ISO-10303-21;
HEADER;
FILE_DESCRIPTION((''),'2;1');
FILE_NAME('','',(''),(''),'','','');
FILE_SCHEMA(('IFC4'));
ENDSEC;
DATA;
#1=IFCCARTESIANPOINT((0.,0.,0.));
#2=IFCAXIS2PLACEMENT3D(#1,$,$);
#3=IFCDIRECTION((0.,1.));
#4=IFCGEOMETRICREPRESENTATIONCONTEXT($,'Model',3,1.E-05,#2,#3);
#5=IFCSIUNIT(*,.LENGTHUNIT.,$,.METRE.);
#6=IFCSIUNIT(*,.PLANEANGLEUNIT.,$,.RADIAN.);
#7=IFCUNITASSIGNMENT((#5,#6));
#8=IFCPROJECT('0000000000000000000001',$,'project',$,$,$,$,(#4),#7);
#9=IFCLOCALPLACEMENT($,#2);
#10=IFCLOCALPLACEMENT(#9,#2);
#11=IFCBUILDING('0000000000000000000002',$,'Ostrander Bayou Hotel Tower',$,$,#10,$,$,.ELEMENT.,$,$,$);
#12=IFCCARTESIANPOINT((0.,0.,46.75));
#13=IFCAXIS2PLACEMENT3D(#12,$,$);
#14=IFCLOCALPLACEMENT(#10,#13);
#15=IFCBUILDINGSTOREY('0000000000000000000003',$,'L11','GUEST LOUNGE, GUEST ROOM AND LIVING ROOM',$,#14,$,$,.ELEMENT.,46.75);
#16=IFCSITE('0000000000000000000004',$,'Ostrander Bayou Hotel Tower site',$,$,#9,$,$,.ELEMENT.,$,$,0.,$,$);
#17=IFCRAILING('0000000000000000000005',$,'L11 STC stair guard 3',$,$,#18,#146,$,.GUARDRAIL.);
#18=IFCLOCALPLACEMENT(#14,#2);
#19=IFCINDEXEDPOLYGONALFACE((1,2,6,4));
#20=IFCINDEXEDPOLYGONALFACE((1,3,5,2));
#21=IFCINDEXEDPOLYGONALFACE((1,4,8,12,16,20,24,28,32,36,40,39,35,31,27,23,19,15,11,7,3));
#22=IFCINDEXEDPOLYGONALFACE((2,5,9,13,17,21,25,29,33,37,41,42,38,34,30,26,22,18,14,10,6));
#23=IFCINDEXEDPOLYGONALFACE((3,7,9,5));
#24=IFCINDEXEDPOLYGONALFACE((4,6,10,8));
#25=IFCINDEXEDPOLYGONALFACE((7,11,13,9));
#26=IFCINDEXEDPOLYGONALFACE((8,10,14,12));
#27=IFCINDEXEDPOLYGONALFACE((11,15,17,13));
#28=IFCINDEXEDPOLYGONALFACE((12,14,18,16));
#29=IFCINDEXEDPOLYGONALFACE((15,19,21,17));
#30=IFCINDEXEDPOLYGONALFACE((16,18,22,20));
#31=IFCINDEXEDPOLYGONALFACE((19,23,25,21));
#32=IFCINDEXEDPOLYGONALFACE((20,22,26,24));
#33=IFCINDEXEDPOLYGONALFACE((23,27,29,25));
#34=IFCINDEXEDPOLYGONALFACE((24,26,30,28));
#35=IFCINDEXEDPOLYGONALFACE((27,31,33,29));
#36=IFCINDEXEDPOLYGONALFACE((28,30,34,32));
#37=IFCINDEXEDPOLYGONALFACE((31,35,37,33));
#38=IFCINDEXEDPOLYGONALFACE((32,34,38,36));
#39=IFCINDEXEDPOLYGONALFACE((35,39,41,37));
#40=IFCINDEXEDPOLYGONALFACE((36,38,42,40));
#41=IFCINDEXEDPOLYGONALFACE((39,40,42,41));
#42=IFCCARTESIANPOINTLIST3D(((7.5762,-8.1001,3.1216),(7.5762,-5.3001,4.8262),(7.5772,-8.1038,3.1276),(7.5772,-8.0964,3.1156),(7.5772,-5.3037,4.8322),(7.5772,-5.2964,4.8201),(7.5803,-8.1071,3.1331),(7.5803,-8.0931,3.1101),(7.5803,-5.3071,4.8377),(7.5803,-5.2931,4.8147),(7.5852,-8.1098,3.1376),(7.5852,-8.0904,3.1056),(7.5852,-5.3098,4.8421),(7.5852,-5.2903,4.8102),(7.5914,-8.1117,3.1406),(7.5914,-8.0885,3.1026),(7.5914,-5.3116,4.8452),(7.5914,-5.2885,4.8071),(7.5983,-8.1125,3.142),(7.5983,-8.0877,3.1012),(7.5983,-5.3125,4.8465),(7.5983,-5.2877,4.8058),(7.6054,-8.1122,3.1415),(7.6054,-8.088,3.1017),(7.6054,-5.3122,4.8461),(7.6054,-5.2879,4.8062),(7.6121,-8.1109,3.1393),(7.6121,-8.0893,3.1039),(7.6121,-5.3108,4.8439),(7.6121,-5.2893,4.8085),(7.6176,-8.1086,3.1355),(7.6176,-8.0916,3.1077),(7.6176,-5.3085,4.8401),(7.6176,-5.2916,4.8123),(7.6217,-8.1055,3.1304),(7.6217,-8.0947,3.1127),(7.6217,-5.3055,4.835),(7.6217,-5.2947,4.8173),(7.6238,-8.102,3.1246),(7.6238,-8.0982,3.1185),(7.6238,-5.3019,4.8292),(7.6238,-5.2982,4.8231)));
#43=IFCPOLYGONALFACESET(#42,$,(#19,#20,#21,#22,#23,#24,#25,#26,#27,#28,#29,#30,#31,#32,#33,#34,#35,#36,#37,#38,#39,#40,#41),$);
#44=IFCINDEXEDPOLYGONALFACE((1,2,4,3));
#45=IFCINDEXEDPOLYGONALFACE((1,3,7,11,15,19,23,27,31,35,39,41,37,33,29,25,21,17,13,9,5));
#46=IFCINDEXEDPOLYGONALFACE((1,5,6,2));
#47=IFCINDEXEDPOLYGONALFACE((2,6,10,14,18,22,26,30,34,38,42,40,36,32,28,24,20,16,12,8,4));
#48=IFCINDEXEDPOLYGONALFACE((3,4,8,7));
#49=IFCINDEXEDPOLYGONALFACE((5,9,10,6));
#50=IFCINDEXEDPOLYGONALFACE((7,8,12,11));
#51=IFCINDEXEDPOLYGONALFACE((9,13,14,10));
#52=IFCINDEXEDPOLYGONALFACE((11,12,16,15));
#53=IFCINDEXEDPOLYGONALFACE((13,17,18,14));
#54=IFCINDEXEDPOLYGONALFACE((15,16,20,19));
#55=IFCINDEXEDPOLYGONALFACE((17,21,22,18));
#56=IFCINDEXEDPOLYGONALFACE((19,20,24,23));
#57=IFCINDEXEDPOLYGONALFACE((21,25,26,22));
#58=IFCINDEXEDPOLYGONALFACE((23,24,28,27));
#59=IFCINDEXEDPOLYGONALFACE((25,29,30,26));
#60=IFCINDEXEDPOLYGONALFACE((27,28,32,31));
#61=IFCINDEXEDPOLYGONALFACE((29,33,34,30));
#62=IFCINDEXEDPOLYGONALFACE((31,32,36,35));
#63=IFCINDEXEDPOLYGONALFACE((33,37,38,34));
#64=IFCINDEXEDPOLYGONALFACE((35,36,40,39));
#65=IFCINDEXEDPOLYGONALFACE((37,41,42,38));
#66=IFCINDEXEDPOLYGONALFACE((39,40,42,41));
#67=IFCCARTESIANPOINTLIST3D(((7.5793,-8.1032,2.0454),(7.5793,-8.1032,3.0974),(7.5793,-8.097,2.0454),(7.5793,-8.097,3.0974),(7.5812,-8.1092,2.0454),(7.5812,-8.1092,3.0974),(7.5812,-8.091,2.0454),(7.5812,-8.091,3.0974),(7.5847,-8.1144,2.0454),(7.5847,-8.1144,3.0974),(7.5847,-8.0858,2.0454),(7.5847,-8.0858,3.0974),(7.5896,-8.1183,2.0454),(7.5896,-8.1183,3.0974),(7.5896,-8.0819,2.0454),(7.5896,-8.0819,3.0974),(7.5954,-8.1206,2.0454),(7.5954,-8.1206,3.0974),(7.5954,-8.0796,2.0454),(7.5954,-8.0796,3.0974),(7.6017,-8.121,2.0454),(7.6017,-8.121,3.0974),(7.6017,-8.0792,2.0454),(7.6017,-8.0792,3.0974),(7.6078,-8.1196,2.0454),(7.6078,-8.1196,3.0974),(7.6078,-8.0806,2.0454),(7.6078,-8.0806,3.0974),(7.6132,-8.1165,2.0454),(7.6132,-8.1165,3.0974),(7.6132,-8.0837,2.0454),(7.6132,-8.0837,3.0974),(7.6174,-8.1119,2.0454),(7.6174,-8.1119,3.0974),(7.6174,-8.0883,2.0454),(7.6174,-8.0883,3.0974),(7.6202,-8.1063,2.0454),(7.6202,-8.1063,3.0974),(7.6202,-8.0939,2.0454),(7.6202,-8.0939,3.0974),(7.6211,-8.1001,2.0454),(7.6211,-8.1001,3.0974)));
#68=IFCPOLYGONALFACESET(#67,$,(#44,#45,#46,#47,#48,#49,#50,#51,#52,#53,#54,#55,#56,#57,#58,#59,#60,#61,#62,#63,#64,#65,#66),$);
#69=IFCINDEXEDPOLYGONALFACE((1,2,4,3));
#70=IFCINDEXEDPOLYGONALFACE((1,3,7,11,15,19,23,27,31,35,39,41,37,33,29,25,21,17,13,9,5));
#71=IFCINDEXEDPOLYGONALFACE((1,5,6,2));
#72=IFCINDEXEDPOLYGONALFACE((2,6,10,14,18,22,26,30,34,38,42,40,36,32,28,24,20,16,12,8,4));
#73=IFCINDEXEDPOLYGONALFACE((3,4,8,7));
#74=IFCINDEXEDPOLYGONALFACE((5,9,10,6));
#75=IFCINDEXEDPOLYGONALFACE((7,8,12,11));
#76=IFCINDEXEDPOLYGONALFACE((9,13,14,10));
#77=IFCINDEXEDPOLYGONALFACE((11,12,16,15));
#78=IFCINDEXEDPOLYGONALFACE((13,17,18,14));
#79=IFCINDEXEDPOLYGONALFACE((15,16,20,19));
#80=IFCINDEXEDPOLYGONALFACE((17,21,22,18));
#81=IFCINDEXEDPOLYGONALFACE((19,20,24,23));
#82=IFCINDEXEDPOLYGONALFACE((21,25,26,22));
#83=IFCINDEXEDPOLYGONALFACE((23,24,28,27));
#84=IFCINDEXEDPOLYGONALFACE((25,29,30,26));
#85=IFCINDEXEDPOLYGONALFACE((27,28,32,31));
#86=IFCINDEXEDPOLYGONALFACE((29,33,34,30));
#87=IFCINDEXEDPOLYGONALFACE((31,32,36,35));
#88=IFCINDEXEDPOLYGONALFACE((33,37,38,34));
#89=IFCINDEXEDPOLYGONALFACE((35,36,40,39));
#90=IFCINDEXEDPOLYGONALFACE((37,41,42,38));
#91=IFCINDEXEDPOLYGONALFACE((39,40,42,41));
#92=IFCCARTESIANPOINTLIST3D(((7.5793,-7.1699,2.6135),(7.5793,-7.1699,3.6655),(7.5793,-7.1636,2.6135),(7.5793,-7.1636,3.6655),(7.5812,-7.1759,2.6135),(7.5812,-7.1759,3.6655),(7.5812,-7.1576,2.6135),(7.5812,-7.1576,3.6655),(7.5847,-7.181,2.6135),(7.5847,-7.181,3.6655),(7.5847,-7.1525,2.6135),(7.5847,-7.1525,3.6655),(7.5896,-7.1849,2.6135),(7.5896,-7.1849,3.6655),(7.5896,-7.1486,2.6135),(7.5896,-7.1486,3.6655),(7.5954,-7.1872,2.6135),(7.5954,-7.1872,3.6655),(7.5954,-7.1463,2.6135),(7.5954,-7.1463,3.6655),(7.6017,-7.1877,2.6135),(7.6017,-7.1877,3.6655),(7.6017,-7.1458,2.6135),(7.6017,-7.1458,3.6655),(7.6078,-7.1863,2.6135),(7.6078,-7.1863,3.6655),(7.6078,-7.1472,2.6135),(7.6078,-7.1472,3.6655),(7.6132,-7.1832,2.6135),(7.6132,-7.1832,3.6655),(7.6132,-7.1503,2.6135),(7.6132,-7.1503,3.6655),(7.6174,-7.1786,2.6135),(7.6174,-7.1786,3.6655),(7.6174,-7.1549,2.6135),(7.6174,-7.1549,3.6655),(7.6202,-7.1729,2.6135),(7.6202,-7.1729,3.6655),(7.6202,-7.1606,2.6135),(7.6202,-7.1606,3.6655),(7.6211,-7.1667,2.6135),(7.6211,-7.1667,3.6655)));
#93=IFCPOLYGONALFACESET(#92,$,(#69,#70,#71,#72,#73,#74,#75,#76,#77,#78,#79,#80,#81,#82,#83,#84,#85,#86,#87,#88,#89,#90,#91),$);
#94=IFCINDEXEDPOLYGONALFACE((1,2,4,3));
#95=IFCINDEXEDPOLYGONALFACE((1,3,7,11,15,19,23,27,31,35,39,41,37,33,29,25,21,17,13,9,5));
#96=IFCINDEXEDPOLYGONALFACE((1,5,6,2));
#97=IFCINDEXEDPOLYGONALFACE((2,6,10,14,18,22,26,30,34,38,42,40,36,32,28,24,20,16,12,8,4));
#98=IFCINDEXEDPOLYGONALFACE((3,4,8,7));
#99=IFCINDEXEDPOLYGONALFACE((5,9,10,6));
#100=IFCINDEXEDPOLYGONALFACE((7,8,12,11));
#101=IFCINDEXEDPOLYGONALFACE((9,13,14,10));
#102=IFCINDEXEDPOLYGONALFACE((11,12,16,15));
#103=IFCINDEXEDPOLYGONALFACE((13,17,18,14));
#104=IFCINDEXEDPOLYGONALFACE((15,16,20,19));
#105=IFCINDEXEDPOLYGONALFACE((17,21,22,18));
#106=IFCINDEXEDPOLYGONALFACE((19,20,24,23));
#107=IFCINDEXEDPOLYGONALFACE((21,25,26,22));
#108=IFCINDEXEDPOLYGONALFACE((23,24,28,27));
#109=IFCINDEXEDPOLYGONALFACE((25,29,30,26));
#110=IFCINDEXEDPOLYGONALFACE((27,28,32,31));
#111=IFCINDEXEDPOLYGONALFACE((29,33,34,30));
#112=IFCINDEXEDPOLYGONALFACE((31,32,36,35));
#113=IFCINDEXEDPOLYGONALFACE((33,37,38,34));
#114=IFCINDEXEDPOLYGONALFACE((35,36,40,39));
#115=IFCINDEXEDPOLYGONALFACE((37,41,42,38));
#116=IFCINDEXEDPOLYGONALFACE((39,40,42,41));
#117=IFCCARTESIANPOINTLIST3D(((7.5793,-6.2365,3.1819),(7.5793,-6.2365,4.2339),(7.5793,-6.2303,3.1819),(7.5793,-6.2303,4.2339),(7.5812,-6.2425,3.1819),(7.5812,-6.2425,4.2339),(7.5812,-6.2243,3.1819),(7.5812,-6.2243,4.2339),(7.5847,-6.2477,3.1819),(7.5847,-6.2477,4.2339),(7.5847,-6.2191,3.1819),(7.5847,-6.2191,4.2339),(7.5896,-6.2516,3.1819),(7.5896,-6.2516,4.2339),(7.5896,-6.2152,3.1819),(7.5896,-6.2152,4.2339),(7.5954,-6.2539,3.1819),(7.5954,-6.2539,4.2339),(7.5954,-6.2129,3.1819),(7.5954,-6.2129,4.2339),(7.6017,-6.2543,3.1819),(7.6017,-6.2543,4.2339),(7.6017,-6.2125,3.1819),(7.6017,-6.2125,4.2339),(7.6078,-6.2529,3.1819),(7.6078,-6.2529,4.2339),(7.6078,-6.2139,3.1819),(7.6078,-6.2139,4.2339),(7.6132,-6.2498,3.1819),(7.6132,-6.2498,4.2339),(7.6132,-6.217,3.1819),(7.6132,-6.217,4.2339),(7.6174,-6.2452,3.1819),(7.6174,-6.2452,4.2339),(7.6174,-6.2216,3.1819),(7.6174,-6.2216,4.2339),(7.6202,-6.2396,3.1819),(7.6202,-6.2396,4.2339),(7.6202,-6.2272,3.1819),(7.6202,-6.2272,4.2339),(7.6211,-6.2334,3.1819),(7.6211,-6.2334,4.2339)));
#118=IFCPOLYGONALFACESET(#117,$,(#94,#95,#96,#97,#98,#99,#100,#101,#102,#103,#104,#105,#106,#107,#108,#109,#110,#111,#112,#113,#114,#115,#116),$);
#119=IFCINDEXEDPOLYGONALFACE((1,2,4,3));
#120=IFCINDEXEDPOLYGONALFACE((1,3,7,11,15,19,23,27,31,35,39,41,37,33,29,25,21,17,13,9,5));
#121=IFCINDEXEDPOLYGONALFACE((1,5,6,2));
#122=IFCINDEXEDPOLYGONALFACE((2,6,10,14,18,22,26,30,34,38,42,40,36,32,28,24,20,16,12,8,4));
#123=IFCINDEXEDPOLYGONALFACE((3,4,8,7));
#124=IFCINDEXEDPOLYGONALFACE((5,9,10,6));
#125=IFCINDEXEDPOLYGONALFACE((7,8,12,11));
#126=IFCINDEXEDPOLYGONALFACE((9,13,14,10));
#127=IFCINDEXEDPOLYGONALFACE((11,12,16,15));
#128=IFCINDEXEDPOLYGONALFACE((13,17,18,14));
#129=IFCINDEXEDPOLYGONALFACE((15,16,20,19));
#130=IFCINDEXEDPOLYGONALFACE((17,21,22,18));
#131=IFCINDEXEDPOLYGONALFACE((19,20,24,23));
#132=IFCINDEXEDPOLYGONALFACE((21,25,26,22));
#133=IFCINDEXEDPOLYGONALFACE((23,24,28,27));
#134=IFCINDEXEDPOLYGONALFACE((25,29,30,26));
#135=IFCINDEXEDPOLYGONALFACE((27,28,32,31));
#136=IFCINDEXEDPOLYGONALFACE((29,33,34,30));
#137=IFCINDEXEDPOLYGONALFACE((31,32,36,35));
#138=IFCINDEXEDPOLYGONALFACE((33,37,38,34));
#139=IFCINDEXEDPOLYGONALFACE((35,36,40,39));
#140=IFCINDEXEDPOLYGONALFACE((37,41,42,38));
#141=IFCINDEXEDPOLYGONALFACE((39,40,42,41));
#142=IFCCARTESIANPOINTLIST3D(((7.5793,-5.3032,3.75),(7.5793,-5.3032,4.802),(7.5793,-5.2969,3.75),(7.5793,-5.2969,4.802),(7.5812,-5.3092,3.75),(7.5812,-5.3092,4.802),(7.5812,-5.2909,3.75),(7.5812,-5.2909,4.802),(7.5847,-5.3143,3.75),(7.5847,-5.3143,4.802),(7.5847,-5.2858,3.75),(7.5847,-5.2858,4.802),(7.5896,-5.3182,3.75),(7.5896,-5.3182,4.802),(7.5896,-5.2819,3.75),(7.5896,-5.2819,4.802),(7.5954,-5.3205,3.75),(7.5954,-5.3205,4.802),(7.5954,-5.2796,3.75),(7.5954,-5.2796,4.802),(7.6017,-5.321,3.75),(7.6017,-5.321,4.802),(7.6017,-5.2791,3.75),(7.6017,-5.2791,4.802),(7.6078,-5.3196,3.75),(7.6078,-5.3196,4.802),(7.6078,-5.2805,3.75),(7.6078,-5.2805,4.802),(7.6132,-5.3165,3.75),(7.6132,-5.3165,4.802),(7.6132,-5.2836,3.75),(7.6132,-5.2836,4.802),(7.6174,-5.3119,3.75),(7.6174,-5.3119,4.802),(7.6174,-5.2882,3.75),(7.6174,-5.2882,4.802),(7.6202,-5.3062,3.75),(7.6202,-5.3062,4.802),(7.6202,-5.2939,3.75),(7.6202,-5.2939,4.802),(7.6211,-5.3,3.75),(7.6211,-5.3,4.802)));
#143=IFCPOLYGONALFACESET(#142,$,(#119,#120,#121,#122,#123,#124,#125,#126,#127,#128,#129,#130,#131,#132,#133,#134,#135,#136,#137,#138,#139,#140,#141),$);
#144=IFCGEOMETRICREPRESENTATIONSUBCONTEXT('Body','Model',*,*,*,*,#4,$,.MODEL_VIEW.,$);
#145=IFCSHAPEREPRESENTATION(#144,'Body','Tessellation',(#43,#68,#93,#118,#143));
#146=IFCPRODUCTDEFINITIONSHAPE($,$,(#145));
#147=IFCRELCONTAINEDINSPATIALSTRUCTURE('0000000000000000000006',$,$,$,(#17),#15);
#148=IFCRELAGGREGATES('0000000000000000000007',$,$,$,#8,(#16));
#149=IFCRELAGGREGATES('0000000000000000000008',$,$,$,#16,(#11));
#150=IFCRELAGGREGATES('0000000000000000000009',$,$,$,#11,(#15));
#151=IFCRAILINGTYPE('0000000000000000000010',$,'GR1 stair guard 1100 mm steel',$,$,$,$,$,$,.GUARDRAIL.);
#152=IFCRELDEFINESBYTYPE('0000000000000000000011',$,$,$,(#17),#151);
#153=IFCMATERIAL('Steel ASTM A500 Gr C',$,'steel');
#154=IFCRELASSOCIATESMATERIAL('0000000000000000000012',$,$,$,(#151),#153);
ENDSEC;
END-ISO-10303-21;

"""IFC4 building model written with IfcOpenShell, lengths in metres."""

from ifc_helpers import new_model, si_unit, direction, frame, origin, origin_2d, place, context, subcontext, project, spatial, circle, extrude, material, type_object, element, save


model = new_model("IFC4")

# Units and contexts
model_context = context("Model", 3, precision=1e-05, world=origin(), true_north=direction((0.0, 1.0)))
body_context = subcontext(model_context, "Body", "Model", "MODEL_VIEW")
ifc_project = project(units=[si_unit("LENGTHUNIT", "METRE"), si_unit("PLANEANGLEUNIT", "RADIAN")], contexts=[model_context])

# Site, building, storey
site_placement = place(None, origin())
site = spatial("IfcSite", under=ifc_project, at=site_placement, Name="Ostrander Bayou Hotel Tower site", CompositionType="ELEMENT", RefElevation=0.0)
building_placement = place(site_placement, origin())
building = spatial("IfcBuilding", under=site, at=building_placement, Name="Ostrander Bayou Hotel Tower", CompositionType="ELEMENT")
storey_placement = place(building_placement, frame((0.0, 0.0, 46.75)))
storey = spatial("IfcBuildingStorey", under=building, at=storey_placement, Name="L11", Description="GUEST LOUNGE, GUEST ROOM AND LIVING ROOM", CompositionType="ELEMENT", Elevation=46.75)

# Railing
ifc_material_1 = material(Name="Steel ASTM A500 Gr C", Category="steel")
railing_type_1 = type_object("IfcRailingType", Name="GR1 stair guard 1100 mm steel", PredefinedType="GUARDRAIL", material=ifc_material_1)
railing_1_placement = place(storey_placement, frame((7.6001, -8.1001, 2.0454)))
element("IfcRailing", 1, at=railing_1_placement, inside=storey, type_object=railing_type_1, Name="L11 STC stair guard 3", PredefinedType="GUARDRAIL", context=body_context, shape_type="SweptSolid", body=[
    extrude(circle(Radius=0.0239, at=origin_2d()), frame((0.0, 0.0, 1.0762), z_axis=(0.0, 0.85417, 0.519994), x_axis=(-1.0, 0.0, 0.0)), (0.0, 0.0, 1.0), 3.2781),
    extrude(circle(Radius=0.021, at=origin_2d()), origin(), (0.0, 0.0, 1.0), 1.052),
    extrude(circle(Radius=0.021, at=origin_2d()), frame((0.0, 0.9333, 0.5681)), (0.0, 0.0, 1.0), 1.052),
    extrude(circle(Radius=0.021, at=origin_2d()), frame((0.0, 1.8667, 1.1365)), (0.0, 0.0, 1.0), 1.052),
    extrude(circle(Radius=0.021, at=origin_2d()), frame((0.0, 2.8, 1.7046)), (0.0, 0.0, 1.0), 1.052),
])

save(model, "model.ifc")
